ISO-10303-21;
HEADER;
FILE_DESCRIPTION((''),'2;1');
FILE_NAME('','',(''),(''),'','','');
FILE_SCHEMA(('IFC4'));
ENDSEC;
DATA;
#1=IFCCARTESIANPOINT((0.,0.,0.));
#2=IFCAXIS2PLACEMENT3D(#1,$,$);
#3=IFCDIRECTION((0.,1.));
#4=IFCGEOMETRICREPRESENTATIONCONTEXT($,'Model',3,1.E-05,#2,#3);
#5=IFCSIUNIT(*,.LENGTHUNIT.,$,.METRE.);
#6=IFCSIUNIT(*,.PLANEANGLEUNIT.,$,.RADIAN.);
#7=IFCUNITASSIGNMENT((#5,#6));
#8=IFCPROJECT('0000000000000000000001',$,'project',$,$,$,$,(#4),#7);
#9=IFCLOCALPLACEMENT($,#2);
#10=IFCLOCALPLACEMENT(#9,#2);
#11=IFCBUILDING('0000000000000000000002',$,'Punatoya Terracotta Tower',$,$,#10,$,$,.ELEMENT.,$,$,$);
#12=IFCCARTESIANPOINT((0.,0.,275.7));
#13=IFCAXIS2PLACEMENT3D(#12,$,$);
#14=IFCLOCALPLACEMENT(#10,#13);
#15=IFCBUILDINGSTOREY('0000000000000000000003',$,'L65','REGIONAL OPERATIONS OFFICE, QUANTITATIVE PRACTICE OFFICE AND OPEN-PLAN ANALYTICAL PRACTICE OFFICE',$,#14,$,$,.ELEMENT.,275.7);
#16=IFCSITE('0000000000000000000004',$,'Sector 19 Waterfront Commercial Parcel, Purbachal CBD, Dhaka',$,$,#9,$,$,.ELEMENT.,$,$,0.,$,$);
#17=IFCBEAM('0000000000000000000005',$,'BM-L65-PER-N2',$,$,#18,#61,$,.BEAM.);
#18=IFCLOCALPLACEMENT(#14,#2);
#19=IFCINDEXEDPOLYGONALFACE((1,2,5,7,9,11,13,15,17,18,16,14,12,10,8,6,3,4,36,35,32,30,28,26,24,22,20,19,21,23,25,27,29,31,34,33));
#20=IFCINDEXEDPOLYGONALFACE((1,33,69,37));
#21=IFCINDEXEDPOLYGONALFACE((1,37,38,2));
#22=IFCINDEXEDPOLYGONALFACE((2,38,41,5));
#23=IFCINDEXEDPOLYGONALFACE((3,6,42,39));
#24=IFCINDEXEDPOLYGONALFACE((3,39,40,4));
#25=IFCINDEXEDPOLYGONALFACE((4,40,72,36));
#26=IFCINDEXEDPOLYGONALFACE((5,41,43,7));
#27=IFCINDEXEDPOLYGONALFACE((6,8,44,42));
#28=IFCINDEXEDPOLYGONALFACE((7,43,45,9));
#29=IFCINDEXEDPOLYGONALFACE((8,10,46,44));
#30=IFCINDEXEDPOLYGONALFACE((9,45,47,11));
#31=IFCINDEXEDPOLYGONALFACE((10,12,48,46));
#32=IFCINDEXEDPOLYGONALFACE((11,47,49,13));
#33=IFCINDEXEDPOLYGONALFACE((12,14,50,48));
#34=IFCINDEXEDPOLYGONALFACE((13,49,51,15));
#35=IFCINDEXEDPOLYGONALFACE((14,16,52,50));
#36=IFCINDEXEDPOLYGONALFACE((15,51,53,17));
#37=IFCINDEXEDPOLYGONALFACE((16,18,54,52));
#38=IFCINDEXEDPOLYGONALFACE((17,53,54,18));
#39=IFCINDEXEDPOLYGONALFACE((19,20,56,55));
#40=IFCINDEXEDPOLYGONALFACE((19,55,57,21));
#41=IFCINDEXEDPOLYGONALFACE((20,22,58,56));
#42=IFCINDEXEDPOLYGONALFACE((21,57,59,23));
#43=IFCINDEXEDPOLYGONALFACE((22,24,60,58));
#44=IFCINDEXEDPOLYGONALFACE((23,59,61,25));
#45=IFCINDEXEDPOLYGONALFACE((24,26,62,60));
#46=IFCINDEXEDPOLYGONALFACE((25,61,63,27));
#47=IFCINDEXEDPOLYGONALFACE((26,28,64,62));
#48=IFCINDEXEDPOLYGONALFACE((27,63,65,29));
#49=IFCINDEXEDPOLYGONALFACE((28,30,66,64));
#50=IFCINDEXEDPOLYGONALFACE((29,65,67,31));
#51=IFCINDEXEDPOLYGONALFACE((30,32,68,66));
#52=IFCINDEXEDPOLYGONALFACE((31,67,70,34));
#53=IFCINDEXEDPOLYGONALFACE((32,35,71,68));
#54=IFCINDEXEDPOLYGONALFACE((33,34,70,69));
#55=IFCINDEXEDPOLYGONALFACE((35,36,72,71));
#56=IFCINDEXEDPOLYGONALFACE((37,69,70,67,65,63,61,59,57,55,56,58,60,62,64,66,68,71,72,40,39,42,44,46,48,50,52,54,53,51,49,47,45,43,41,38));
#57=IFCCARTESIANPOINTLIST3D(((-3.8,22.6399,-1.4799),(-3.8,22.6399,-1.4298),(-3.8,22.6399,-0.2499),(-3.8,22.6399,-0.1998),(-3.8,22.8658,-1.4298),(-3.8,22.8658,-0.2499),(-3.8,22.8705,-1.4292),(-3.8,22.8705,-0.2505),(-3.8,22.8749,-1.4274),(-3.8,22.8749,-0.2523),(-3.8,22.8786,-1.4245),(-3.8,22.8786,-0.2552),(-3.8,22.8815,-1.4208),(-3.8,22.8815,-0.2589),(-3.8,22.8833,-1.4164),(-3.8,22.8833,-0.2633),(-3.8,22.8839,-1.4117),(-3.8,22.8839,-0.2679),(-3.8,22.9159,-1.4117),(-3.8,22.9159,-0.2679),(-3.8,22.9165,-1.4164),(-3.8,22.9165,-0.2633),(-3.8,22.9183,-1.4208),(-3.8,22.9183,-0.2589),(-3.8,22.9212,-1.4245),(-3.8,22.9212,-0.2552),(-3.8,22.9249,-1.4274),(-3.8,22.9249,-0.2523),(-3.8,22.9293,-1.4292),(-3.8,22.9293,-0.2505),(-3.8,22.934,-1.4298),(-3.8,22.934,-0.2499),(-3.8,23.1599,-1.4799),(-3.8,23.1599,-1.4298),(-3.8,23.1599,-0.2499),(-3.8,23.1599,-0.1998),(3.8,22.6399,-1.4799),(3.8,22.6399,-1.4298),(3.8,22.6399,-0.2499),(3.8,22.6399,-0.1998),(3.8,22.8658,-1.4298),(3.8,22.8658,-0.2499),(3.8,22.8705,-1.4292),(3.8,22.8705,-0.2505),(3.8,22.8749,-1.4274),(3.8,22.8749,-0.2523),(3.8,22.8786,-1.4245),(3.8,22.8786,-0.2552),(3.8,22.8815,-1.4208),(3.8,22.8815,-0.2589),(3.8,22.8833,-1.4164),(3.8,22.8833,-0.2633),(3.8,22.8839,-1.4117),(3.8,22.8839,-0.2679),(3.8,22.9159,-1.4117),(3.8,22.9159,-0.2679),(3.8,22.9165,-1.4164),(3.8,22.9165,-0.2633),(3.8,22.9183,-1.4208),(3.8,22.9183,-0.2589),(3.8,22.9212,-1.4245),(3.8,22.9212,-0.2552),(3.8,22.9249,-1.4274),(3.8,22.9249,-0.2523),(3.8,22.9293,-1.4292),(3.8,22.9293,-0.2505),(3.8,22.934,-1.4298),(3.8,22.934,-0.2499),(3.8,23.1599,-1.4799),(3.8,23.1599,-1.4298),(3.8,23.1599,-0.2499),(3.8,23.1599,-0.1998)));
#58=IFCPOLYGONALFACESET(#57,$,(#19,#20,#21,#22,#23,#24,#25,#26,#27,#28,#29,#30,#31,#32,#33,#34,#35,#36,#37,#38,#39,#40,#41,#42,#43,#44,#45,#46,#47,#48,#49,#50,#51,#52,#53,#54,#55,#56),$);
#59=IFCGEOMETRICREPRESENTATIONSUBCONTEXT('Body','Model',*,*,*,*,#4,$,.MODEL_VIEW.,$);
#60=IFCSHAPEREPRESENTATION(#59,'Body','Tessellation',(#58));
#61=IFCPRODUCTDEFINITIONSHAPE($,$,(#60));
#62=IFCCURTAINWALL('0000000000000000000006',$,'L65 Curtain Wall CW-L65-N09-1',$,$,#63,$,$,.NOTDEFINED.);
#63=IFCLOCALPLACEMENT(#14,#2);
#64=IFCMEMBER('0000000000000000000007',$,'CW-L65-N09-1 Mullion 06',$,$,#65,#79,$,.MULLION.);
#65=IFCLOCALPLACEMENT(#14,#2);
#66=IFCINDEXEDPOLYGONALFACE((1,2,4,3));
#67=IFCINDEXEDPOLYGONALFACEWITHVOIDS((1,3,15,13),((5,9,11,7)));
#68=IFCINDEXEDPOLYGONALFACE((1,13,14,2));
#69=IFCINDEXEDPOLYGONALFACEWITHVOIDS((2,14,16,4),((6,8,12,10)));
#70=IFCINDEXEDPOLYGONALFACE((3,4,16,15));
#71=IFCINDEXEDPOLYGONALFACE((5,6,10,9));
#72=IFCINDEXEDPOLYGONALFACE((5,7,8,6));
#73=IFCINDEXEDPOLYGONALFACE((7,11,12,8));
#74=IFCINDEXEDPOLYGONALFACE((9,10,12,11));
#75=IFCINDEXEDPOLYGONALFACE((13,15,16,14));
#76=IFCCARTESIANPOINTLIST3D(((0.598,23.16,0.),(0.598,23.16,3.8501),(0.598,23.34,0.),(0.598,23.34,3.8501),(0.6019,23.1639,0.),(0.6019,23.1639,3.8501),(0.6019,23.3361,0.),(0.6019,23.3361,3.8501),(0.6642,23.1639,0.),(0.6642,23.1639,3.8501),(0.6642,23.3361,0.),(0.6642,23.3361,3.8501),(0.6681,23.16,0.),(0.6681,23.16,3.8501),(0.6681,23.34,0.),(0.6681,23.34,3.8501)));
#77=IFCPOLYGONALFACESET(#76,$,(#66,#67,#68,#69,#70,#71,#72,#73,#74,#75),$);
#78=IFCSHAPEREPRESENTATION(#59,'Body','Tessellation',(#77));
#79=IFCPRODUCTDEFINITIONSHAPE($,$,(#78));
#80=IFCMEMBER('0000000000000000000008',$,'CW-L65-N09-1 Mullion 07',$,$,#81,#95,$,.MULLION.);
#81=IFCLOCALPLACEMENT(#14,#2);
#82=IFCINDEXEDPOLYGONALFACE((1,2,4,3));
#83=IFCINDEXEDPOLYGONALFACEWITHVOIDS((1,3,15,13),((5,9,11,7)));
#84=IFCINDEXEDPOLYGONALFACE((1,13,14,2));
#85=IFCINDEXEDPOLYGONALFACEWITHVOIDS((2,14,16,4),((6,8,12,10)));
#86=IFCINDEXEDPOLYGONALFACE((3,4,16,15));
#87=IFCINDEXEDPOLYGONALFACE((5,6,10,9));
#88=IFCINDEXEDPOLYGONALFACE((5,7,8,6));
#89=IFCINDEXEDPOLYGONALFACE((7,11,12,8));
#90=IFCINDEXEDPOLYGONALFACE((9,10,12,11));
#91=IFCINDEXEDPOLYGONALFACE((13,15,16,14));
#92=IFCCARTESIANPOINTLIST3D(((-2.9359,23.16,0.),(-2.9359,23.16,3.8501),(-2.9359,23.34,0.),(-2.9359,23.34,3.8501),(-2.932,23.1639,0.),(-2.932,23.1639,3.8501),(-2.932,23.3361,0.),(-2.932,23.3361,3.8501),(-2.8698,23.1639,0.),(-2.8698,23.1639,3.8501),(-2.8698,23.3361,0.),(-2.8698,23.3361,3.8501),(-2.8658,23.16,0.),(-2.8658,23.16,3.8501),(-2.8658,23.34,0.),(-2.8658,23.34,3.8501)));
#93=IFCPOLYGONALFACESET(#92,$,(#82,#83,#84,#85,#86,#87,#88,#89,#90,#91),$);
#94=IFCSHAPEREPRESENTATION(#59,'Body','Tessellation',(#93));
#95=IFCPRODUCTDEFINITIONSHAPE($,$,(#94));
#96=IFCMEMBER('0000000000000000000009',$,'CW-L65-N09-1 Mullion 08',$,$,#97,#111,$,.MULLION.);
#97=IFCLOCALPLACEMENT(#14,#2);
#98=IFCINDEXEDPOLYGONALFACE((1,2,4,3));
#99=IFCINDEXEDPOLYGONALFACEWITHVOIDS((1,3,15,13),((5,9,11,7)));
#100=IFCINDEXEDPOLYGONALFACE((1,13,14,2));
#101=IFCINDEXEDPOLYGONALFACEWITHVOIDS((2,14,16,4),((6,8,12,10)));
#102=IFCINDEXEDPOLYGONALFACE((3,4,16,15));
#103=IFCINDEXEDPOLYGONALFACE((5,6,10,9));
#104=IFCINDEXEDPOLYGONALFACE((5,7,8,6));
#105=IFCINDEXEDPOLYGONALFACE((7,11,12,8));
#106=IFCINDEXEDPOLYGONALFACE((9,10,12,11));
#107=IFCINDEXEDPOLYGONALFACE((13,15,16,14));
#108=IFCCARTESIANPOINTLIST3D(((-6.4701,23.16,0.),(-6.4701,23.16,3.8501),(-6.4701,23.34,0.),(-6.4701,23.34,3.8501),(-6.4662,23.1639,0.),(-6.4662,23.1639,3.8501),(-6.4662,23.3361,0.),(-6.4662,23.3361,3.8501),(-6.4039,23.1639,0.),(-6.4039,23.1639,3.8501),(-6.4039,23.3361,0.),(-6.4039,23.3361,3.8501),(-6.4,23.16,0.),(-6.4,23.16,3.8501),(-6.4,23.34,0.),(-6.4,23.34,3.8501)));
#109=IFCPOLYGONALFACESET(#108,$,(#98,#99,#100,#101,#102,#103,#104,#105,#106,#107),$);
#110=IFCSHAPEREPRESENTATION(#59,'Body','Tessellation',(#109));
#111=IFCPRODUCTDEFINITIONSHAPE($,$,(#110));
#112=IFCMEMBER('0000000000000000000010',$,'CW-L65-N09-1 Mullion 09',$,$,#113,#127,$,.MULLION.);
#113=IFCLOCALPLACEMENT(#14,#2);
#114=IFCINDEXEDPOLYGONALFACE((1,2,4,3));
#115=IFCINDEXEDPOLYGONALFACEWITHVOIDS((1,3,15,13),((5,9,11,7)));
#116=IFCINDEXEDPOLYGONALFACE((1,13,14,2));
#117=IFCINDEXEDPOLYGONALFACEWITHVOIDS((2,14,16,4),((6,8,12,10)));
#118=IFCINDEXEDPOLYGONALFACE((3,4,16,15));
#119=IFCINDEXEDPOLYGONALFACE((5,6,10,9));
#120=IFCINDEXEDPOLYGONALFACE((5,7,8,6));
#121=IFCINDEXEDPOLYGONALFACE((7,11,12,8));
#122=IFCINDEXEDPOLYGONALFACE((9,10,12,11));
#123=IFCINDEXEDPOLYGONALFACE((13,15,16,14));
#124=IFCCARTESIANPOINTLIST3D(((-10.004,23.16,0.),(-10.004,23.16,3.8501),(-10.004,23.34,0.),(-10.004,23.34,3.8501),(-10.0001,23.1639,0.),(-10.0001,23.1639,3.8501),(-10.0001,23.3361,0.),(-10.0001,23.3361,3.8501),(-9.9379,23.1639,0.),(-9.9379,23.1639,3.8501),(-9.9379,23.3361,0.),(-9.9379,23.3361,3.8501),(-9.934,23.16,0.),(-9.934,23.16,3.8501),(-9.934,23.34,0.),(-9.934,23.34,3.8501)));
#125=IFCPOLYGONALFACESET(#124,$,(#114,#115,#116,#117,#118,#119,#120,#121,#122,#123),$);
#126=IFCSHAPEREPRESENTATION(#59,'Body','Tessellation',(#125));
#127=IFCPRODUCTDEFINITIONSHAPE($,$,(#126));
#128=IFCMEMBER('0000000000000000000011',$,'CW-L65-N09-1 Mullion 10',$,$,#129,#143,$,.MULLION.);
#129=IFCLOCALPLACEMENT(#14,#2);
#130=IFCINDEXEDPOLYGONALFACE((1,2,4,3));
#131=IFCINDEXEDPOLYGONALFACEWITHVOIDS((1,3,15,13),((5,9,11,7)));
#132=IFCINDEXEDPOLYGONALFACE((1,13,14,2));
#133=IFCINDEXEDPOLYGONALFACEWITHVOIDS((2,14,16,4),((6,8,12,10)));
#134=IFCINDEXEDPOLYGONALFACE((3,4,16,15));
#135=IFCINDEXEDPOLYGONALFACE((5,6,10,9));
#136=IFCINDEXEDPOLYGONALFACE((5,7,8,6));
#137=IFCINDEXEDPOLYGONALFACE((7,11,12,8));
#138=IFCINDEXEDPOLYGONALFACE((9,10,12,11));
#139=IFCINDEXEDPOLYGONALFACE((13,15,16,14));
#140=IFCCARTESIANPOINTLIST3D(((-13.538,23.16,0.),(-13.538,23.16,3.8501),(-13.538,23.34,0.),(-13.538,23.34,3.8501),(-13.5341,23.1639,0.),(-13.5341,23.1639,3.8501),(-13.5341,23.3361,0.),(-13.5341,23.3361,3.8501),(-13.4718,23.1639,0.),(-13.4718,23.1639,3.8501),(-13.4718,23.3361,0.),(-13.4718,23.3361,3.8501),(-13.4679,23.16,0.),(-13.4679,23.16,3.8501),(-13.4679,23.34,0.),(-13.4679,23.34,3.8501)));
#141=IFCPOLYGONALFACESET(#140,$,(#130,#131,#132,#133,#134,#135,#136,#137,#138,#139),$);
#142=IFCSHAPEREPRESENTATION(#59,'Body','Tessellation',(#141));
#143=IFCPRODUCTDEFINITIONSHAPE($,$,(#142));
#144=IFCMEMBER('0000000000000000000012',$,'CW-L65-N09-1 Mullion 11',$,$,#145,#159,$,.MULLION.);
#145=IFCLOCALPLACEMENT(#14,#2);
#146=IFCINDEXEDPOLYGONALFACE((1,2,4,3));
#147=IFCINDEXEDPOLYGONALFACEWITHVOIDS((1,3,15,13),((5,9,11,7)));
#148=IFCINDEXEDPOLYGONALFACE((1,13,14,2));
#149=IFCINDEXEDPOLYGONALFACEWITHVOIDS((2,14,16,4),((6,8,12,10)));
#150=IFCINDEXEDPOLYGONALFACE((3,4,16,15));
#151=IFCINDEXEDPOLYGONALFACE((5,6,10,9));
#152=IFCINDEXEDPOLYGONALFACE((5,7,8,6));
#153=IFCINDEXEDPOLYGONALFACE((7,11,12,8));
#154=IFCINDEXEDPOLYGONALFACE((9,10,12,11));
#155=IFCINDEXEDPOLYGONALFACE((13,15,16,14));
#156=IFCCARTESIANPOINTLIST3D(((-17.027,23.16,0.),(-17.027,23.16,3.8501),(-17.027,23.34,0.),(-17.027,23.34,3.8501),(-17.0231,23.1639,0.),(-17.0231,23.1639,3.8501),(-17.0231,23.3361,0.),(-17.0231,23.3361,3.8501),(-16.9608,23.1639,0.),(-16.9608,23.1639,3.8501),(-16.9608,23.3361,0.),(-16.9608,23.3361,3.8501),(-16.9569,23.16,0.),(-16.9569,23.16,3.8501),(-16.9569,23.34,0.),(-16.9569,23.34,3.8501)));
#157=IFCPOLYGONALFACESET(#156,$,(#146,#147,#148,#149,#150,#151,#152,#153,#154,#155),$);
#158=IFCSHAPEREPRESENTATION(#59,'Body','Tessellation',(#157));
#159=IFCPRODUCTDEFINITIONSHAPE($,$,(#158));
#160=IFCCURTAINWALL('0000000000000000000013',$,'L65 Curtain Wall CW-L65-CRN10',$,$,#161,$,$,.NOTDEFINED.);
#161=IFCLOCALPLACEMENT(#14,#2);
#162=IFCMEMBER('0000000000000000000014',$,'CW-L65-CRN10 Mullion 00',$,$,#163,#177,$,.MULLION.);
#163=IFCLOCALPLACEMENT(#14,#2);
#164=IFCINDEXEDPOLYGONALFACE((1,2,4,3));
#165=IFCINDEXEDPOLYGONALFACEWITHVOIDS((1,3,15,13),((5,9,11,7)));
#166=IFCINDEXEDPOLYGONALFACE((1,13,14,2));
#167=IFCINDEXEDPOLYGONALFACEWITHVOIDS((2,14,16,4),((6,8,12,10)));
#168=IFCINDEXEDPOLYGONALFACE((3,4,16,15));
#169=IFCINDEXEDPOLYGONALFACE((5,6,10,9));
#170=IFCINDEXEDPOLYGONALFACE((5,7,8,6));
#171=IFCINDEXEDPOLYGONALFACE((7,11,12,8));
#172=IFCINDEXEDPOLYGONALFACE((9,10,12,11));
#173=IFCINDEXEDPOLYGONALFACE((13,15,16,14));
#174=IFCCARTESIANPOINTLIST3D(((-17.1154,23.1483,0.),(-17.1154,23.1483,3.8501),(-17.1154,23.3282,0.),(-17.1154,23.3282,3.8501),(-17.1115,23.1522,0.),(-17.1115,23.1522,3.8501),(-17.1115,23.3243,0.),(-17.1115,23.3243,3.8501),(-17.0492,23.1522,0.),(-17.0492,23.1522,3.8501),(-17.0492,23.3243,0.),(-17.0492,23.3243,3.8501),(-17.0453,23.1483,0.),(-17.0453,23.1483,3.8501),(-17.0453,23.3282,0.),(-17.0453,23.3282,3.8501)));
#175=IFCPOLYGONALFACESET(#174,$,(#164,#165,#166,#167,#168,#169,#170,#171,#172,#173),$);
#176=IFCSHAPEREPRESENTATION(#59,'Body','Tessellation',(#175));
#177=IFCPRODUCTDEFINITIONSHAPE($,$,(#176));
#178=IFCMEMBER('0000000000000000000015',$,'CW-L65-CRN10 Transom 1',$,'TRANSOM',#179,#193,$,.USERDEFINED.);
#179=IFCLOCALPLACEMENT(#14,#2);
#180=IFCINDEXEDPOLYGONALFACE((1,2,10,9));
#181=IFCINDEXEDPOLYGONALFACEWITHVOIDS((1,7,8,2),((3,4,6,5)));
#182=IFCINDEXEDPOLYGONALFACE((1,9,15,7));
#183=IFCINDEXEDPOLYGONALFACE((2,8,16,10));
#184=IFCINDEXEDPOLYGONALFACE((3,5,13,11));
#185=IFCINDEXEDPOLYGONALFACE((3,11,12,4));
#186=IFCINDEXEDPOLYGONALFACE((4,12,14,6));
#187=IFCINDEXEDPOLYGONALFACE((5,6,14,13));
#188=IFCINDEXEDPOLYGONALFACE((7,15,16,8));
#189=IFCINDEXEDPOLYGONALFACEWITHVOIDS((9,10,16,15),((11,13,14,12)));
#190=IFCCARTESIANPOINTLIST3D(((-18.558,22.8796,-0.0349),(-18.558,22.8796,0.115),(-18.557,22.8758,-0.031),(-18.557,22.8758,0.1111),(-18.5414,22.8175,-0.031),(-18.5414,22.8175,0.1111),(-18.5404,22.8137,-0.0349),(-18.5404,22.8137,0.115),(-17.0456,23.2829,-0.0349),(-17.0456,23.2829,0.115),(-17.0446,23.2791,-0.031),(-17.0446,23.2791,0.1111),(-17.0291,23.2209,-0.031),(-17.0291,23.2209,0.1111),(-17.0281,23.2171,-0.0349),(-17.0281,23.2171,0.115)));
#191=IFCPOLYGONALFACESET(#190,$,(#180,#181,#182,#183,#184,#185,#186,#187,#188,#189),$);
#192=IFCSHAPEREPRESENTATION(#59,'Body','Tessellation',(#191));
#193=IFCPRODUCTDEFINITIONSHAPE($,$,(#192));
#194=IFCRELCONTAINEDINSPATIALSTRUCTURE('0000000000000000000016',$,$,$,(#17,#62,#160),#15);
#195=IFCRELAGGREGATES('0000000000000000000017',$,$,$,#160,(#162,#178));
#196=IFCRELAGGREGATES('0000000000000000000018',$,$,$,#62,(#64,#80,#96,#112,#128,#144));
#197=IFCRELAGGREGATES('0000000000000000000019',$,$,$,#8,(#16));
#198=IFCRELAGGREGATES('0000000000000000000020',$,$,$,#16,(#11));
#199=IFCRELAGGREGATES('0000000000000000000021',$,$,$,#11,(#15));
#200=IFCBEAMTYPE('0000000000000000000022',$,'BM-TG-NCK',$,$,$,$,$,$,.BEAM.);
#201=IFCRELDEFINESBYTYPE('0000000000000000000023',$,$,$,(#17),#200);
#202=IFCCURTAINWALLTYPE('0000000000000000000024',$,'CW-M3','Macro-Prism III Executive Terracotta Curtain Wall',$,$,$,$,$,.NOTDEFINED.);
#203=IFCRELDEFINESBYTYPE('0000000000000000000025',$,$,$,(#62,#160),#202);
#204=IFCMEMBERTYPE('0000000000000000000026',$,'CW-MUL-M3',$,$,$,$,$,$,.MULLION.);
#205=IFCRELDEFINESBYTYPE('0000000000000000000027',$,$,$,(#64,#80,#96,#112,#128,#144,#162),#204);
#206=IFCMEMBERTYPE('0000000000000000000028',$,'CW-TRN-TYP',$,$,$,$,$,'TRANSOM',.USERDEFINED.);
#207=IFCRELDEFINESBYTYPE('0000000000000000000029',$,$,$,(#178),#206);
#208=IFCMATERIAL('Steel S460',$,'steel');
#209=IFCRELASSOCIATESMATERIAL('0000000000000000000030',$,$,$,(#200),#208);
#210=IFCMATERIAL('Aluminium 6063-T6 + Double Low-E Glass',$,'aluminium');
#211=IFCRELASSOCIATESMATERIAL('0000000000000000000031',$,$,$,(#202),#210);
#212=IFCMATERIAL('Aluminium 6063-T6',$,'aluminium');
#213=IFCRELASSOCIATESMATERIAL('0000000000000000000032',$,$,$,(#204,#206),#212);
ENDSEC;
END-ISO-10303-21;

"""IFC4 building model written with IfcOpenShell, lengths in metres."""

from ifc_helpers import new_model, si_unit, direction, frame, origin, origin_2d, place, context, subcontext, project, spatial, hollow_rectangle, i_section, extrude, material, material_profile, profile_set, type_object, element, aggregate, save


model = new_model("IFC4")

# Units and contexts
model_context = context("Model", 3, precision=1e-05, world=origin(), true_north=direction((0.0, 1.0)))
body_context = subcontext(model_context, "Body", "Model", "MODEL_VIEW")
ifc_project = project(units=[si_unit("LENGTHUNIT", "METRE"), si_unit("PLANEANGLEUNIT", "RADIAN")], contexts=[model_context])

# Site, building, storey
site_placement = place(None, origin())
site = spatial("IfcSite", under=ifc_project, at=site_placement, Name="Sector 19 Waterfront Commercial Parcel, Purbachal CBD, Dhaka", CompositionType="ELEMENT", RefElevation=0.0)
building_placement = place(site_placement, origin())
building = spatial("IfcBuilding", under=site, at=building_placement, Name="Punatoya Terracotta Tower", CompositionType="ELEMENT")
storey_placement = place(building_placement, frame((0.0, 0.0, 275.7)))
storey = spatial("IfcBuildingStorey", under=building, at=storey_placement, Name="L65", Description="REGIONAL OPERATIONS OFFICE, QUANTITATIVE PRACTICE OFFICE AND OPEN-PLAN ANALYTICAL PRACTICE OFFICE", CompositionType="ELEMENT", Elevation=275.7)

# Shared definitions
ifc_material_1 = material(Name="Steel S460", Category="steel")

# Beam
ifc_material_profile_1 = material_profile(ifc_material_1, i_section(OverallWidth=0.52, OverallDepth=1.28, WebThickness=0.032, FlangeThickness=0.05, FilletRadius=0.0181, at=origin_2d()))
ifc_profile_set_1 = profile_set([ifc_material_profile_1], Name="Steel S460")
beam_type_1 = type_object("IfcBeamType", Name="BM-TG-NCK", PredefinedType="BEAM", material=ifc_profile_set_1)
beam_1_placement = place(storey_placement, frame((-3.8, 22.8999, -0.8398), z_axis=(1.0, 0.0, 0.0), x_axis=(0.0, 1.0, 0.0)))
element("IfcBeam", 1, at=beam_1_placement, inside=storey, type_object=beam_type_1, Name="BM-L65-PER-N2", PredefinedType="BEAM", context=body_context, shape_type="SweptSolid", body=[
    extrude(i_section(OverallWidth=0.52, OverallDepth=1.28, WebThickness=0.032, FlangeThickness=0.05, FilletRadius=0.0181, at=origin_2d()), origin(), (0.0, 0.0, 1.0), 7.6001),
])

# Curtain walls, members
ifc_material_2 = material(Name="Aluminium 6063-T6 + Double Low-E Glass", Category="aluminium")
curtain_wall_type = type_object("IfcCurtainWallType", Name="CW-M3", Description="Macro-Prism III Executive Terracotta Curtain Wall", PredefinedType="NOTDEFINED", material=ifc_material_2)
curtain_wall_1_placement = place(storey_placement, origin())
curtain_wall_1 = element("IfcCurtainWall", 2, at=curtain_wall_1_placement, inside=storey, type_object=curtain_wall_type, Name="L65 Curtain Wall CW-L65-N09-1", PredefinedType="NOTDEFINED")
ifc_material_3 = material(Name="Aluminium 6063-T6", Category="aluminium")
ifc_material_profile_2 = material_profile(ifc_material_3, hollow_rectangle(XDim=0.0701, YDim=0.1799, WallThickness=0.0039, at=origin_2d()))
ifc_profile_set_2 = profile_set([ifc_material_profile_2], Name="Aluminium 6063-T6")
member_type_1 = type_object("IfcMemberType", Name="CW-MUL-M3", PredefinedType="MULLION", material=ifc_profile_set_2)
member_1_placement = place(storey_placement, frame((0.6331, 23.25, 0.0), z_axis=(0.0, 0.0, 1.0), x_axis=(1.0, 0.0, 0.0)))
member_1 = element("IfcMember", 3, at=member_1_placement, type_object=member_type_1, Name="CW-L65-N09-1 Mullion 06", PredefinedType="MULLION", context=body_context, shape_type="SweptSolid", body=[
    extrude(hollow_rectangle(XDim=0.0701, YDim=0.1799, WallThickness=0.0039, at=origin_2d()), origin(), (0.0, 0.0, 1.0), 3.8501),
])
member_2_placement = place(storey_placement, frame((-2.9009, 23.25, 0.0), z_axis=(0.0, 0.0, 1.0), x_axis=(1.0, 0.0, 0.0)))
member_2 = element("IfcMember", 4, at=member_2_placement, type_object=member_type_1, Name="CW-L65-N09-1 Mullion 07", PredefinedType="MULLION", context=body_context, shape_type="SweptSolid", body=[
    extrude(hollow_rectangle(XDim=0.0701, YDim=0.1799, WallThickness=0.0039, at=origin_2d()), origin(), (0.0, 0.0, 1.0), 3.8501),
])
member_3_placement = place(storey_placement, frame((-6.4351, 23.25, 0.0), z_axis=(0.0, 0.0, 1.0), x_axis=(1.0, 0.0, 0.0)))
member_3 = element("IfcMember", 5, at=member_3_placement, type_object=member_type_1, Name="CW-L65-N09-1 Mullion 08", PredefinedType="MULLION", context=body_context, shape_type="SweptSolid", body=[
    extrude(hollow_rectangle(XDim=0.0701, YDim=0.1799, WallThickness=0.0039, at=origin_2d()), origin(), (0.0, 0.0, 1.0), 3.8501),
])
member_4_placement = place(storey_placement, frame((-9.969, 23.25, 0.0), z_axis=(0.0, 0.0, 1.0), x_axis=(1.0, 0.0, 0.0)))
member_4 = element("IfcMember", 6, at=member_4_placement, type_object=member_type_1, Name="CW-L65-N09-1 Mullion 09", PredefinedType="MULLION", context=body_context, shape_type="SweptSolid", body=[
    extrude(hollow_rectangle(XDim=0.0701, YDim=0.1799, WallThickness=0.0039, at=origin_2d()), origin(), (0.0, 0.0, 1.0), 3.8501),
])
member_5_placement = place(storey_placement, frame((-13.5029, 23.25, 0.0), z_axis=(0.0, 0.0, 1.0), x_axis=(1.0, 0.0, 0.0)))
member_5 = element("IfcMember", 7, at=member_5_placement, type_object=member_type_1, Name="CW-L65-N09-1 Mullion 10", PredefinedType="MULLION", context=body_context, shape_type="SweptSolid", body=[
    extrude(hollow_rectangle(XDim=0.0701, YDim=0.1799, WallThickness=0.0039, at=origin_2d()), origin(), (0.0, 0.0, 1.0), 3.8501),
])
member_6_placement = place(storey_placement, frame((-16.9919, 23.25, 0.0), z_axis=(0.0, 0.0, 1.0), x_axis=(1.0, 0.0, 0.0)))
member_6 = element("IfcMember", 8, at=member_6_placement, type_object=member_type_1, Name="CW-L65-N09-1 Mullion 11", PredefinedType="MULLION", context=body_context, shape_type="SweptSolid", body=[
    extrude(hollow_rectangle(XDim=0.0701, YDim=0.1799, WallThickness=0.0039, at=origin_2d()), origin(), (0.0, 0.0, 1.0), 3.8501),
])
curtain_wall_2_placement = place(storey_placement, origin())
curtain_wall_2 = element("IfcCurtainWall", 9, at=curtain_wall_2_placement, inside=storey, type_object=curtain_wall_type, Name="L65 Curtain Wall CW-L65-CRN10", PredefinedType="NOTDEFINED")
member_7_placement = place(storey_placement, frame((-17.0803, 23.2383, 0.0), z_axis=(0.0, 0.0, 1.0), x_axis=(1.0, 0.0, 0.0)))
member_7 = element("IfcMember", 10, at=member_7_placement, type_object=member_type_1, Name="CW-L65-CRN10 Mullion 00", PredefinedType="MULLION", context=body_context, shape_type="SweptSolid", body=[
    extrude(hollow_rectangle(XDim=0.0701, YDim=0.1799, WallThickness=0.0039, at=origin_2d()), origin(), (0.0, 0.0, 1.0), 3.8501),
])
ifc_material_profile_3 = material_profile(ifc_material_3, hollow_rectangle(XDim=0.0681, YDim=0.1499, WallThickness=0.0039, at=origin_2d()))
ifc_profile_set_3 = profile_set([ifc_material_profile_3], Name="Aluminium 6063-T6")
member_type_2 = type_object("IfcMemberType", Name="CW-TRN-TYP", ElementType="TRANSOM", PredefinedType="USERDEFINED", material=ifc_profile_set_3)
member_8_placement = place(storey_placement, frame((-17.0369, 23.25, 0.04), z_axis=(-0.966225, -0.257701, 0.0), x_axis=(0.257701, -0.966225, 0.0)))
member_8 = element("IfcMember", 11, at=member_8_placement, type_object=member_type_2, Name="CW-L65-CRN10 Transom 1", ObjectType="TRANSOM", PredefinedType="USERDEFINED", context=body_context, shape_type="SweptSolid", body=[
    extrude(hollow_rectangle(XDim=0.0681, YDim=0.1499, WallThickness=0.0039, at=origin_2d()), origin(), (0.0, 0.0, 1.0), 1.5652),
])

aggregate(curtain_wall_2, [member_7, member_8])
aggregate(curtain_wall_1, [member_1, member_2, member_3, member_4, member_5, member_6])

save(model, "model.ifc")
